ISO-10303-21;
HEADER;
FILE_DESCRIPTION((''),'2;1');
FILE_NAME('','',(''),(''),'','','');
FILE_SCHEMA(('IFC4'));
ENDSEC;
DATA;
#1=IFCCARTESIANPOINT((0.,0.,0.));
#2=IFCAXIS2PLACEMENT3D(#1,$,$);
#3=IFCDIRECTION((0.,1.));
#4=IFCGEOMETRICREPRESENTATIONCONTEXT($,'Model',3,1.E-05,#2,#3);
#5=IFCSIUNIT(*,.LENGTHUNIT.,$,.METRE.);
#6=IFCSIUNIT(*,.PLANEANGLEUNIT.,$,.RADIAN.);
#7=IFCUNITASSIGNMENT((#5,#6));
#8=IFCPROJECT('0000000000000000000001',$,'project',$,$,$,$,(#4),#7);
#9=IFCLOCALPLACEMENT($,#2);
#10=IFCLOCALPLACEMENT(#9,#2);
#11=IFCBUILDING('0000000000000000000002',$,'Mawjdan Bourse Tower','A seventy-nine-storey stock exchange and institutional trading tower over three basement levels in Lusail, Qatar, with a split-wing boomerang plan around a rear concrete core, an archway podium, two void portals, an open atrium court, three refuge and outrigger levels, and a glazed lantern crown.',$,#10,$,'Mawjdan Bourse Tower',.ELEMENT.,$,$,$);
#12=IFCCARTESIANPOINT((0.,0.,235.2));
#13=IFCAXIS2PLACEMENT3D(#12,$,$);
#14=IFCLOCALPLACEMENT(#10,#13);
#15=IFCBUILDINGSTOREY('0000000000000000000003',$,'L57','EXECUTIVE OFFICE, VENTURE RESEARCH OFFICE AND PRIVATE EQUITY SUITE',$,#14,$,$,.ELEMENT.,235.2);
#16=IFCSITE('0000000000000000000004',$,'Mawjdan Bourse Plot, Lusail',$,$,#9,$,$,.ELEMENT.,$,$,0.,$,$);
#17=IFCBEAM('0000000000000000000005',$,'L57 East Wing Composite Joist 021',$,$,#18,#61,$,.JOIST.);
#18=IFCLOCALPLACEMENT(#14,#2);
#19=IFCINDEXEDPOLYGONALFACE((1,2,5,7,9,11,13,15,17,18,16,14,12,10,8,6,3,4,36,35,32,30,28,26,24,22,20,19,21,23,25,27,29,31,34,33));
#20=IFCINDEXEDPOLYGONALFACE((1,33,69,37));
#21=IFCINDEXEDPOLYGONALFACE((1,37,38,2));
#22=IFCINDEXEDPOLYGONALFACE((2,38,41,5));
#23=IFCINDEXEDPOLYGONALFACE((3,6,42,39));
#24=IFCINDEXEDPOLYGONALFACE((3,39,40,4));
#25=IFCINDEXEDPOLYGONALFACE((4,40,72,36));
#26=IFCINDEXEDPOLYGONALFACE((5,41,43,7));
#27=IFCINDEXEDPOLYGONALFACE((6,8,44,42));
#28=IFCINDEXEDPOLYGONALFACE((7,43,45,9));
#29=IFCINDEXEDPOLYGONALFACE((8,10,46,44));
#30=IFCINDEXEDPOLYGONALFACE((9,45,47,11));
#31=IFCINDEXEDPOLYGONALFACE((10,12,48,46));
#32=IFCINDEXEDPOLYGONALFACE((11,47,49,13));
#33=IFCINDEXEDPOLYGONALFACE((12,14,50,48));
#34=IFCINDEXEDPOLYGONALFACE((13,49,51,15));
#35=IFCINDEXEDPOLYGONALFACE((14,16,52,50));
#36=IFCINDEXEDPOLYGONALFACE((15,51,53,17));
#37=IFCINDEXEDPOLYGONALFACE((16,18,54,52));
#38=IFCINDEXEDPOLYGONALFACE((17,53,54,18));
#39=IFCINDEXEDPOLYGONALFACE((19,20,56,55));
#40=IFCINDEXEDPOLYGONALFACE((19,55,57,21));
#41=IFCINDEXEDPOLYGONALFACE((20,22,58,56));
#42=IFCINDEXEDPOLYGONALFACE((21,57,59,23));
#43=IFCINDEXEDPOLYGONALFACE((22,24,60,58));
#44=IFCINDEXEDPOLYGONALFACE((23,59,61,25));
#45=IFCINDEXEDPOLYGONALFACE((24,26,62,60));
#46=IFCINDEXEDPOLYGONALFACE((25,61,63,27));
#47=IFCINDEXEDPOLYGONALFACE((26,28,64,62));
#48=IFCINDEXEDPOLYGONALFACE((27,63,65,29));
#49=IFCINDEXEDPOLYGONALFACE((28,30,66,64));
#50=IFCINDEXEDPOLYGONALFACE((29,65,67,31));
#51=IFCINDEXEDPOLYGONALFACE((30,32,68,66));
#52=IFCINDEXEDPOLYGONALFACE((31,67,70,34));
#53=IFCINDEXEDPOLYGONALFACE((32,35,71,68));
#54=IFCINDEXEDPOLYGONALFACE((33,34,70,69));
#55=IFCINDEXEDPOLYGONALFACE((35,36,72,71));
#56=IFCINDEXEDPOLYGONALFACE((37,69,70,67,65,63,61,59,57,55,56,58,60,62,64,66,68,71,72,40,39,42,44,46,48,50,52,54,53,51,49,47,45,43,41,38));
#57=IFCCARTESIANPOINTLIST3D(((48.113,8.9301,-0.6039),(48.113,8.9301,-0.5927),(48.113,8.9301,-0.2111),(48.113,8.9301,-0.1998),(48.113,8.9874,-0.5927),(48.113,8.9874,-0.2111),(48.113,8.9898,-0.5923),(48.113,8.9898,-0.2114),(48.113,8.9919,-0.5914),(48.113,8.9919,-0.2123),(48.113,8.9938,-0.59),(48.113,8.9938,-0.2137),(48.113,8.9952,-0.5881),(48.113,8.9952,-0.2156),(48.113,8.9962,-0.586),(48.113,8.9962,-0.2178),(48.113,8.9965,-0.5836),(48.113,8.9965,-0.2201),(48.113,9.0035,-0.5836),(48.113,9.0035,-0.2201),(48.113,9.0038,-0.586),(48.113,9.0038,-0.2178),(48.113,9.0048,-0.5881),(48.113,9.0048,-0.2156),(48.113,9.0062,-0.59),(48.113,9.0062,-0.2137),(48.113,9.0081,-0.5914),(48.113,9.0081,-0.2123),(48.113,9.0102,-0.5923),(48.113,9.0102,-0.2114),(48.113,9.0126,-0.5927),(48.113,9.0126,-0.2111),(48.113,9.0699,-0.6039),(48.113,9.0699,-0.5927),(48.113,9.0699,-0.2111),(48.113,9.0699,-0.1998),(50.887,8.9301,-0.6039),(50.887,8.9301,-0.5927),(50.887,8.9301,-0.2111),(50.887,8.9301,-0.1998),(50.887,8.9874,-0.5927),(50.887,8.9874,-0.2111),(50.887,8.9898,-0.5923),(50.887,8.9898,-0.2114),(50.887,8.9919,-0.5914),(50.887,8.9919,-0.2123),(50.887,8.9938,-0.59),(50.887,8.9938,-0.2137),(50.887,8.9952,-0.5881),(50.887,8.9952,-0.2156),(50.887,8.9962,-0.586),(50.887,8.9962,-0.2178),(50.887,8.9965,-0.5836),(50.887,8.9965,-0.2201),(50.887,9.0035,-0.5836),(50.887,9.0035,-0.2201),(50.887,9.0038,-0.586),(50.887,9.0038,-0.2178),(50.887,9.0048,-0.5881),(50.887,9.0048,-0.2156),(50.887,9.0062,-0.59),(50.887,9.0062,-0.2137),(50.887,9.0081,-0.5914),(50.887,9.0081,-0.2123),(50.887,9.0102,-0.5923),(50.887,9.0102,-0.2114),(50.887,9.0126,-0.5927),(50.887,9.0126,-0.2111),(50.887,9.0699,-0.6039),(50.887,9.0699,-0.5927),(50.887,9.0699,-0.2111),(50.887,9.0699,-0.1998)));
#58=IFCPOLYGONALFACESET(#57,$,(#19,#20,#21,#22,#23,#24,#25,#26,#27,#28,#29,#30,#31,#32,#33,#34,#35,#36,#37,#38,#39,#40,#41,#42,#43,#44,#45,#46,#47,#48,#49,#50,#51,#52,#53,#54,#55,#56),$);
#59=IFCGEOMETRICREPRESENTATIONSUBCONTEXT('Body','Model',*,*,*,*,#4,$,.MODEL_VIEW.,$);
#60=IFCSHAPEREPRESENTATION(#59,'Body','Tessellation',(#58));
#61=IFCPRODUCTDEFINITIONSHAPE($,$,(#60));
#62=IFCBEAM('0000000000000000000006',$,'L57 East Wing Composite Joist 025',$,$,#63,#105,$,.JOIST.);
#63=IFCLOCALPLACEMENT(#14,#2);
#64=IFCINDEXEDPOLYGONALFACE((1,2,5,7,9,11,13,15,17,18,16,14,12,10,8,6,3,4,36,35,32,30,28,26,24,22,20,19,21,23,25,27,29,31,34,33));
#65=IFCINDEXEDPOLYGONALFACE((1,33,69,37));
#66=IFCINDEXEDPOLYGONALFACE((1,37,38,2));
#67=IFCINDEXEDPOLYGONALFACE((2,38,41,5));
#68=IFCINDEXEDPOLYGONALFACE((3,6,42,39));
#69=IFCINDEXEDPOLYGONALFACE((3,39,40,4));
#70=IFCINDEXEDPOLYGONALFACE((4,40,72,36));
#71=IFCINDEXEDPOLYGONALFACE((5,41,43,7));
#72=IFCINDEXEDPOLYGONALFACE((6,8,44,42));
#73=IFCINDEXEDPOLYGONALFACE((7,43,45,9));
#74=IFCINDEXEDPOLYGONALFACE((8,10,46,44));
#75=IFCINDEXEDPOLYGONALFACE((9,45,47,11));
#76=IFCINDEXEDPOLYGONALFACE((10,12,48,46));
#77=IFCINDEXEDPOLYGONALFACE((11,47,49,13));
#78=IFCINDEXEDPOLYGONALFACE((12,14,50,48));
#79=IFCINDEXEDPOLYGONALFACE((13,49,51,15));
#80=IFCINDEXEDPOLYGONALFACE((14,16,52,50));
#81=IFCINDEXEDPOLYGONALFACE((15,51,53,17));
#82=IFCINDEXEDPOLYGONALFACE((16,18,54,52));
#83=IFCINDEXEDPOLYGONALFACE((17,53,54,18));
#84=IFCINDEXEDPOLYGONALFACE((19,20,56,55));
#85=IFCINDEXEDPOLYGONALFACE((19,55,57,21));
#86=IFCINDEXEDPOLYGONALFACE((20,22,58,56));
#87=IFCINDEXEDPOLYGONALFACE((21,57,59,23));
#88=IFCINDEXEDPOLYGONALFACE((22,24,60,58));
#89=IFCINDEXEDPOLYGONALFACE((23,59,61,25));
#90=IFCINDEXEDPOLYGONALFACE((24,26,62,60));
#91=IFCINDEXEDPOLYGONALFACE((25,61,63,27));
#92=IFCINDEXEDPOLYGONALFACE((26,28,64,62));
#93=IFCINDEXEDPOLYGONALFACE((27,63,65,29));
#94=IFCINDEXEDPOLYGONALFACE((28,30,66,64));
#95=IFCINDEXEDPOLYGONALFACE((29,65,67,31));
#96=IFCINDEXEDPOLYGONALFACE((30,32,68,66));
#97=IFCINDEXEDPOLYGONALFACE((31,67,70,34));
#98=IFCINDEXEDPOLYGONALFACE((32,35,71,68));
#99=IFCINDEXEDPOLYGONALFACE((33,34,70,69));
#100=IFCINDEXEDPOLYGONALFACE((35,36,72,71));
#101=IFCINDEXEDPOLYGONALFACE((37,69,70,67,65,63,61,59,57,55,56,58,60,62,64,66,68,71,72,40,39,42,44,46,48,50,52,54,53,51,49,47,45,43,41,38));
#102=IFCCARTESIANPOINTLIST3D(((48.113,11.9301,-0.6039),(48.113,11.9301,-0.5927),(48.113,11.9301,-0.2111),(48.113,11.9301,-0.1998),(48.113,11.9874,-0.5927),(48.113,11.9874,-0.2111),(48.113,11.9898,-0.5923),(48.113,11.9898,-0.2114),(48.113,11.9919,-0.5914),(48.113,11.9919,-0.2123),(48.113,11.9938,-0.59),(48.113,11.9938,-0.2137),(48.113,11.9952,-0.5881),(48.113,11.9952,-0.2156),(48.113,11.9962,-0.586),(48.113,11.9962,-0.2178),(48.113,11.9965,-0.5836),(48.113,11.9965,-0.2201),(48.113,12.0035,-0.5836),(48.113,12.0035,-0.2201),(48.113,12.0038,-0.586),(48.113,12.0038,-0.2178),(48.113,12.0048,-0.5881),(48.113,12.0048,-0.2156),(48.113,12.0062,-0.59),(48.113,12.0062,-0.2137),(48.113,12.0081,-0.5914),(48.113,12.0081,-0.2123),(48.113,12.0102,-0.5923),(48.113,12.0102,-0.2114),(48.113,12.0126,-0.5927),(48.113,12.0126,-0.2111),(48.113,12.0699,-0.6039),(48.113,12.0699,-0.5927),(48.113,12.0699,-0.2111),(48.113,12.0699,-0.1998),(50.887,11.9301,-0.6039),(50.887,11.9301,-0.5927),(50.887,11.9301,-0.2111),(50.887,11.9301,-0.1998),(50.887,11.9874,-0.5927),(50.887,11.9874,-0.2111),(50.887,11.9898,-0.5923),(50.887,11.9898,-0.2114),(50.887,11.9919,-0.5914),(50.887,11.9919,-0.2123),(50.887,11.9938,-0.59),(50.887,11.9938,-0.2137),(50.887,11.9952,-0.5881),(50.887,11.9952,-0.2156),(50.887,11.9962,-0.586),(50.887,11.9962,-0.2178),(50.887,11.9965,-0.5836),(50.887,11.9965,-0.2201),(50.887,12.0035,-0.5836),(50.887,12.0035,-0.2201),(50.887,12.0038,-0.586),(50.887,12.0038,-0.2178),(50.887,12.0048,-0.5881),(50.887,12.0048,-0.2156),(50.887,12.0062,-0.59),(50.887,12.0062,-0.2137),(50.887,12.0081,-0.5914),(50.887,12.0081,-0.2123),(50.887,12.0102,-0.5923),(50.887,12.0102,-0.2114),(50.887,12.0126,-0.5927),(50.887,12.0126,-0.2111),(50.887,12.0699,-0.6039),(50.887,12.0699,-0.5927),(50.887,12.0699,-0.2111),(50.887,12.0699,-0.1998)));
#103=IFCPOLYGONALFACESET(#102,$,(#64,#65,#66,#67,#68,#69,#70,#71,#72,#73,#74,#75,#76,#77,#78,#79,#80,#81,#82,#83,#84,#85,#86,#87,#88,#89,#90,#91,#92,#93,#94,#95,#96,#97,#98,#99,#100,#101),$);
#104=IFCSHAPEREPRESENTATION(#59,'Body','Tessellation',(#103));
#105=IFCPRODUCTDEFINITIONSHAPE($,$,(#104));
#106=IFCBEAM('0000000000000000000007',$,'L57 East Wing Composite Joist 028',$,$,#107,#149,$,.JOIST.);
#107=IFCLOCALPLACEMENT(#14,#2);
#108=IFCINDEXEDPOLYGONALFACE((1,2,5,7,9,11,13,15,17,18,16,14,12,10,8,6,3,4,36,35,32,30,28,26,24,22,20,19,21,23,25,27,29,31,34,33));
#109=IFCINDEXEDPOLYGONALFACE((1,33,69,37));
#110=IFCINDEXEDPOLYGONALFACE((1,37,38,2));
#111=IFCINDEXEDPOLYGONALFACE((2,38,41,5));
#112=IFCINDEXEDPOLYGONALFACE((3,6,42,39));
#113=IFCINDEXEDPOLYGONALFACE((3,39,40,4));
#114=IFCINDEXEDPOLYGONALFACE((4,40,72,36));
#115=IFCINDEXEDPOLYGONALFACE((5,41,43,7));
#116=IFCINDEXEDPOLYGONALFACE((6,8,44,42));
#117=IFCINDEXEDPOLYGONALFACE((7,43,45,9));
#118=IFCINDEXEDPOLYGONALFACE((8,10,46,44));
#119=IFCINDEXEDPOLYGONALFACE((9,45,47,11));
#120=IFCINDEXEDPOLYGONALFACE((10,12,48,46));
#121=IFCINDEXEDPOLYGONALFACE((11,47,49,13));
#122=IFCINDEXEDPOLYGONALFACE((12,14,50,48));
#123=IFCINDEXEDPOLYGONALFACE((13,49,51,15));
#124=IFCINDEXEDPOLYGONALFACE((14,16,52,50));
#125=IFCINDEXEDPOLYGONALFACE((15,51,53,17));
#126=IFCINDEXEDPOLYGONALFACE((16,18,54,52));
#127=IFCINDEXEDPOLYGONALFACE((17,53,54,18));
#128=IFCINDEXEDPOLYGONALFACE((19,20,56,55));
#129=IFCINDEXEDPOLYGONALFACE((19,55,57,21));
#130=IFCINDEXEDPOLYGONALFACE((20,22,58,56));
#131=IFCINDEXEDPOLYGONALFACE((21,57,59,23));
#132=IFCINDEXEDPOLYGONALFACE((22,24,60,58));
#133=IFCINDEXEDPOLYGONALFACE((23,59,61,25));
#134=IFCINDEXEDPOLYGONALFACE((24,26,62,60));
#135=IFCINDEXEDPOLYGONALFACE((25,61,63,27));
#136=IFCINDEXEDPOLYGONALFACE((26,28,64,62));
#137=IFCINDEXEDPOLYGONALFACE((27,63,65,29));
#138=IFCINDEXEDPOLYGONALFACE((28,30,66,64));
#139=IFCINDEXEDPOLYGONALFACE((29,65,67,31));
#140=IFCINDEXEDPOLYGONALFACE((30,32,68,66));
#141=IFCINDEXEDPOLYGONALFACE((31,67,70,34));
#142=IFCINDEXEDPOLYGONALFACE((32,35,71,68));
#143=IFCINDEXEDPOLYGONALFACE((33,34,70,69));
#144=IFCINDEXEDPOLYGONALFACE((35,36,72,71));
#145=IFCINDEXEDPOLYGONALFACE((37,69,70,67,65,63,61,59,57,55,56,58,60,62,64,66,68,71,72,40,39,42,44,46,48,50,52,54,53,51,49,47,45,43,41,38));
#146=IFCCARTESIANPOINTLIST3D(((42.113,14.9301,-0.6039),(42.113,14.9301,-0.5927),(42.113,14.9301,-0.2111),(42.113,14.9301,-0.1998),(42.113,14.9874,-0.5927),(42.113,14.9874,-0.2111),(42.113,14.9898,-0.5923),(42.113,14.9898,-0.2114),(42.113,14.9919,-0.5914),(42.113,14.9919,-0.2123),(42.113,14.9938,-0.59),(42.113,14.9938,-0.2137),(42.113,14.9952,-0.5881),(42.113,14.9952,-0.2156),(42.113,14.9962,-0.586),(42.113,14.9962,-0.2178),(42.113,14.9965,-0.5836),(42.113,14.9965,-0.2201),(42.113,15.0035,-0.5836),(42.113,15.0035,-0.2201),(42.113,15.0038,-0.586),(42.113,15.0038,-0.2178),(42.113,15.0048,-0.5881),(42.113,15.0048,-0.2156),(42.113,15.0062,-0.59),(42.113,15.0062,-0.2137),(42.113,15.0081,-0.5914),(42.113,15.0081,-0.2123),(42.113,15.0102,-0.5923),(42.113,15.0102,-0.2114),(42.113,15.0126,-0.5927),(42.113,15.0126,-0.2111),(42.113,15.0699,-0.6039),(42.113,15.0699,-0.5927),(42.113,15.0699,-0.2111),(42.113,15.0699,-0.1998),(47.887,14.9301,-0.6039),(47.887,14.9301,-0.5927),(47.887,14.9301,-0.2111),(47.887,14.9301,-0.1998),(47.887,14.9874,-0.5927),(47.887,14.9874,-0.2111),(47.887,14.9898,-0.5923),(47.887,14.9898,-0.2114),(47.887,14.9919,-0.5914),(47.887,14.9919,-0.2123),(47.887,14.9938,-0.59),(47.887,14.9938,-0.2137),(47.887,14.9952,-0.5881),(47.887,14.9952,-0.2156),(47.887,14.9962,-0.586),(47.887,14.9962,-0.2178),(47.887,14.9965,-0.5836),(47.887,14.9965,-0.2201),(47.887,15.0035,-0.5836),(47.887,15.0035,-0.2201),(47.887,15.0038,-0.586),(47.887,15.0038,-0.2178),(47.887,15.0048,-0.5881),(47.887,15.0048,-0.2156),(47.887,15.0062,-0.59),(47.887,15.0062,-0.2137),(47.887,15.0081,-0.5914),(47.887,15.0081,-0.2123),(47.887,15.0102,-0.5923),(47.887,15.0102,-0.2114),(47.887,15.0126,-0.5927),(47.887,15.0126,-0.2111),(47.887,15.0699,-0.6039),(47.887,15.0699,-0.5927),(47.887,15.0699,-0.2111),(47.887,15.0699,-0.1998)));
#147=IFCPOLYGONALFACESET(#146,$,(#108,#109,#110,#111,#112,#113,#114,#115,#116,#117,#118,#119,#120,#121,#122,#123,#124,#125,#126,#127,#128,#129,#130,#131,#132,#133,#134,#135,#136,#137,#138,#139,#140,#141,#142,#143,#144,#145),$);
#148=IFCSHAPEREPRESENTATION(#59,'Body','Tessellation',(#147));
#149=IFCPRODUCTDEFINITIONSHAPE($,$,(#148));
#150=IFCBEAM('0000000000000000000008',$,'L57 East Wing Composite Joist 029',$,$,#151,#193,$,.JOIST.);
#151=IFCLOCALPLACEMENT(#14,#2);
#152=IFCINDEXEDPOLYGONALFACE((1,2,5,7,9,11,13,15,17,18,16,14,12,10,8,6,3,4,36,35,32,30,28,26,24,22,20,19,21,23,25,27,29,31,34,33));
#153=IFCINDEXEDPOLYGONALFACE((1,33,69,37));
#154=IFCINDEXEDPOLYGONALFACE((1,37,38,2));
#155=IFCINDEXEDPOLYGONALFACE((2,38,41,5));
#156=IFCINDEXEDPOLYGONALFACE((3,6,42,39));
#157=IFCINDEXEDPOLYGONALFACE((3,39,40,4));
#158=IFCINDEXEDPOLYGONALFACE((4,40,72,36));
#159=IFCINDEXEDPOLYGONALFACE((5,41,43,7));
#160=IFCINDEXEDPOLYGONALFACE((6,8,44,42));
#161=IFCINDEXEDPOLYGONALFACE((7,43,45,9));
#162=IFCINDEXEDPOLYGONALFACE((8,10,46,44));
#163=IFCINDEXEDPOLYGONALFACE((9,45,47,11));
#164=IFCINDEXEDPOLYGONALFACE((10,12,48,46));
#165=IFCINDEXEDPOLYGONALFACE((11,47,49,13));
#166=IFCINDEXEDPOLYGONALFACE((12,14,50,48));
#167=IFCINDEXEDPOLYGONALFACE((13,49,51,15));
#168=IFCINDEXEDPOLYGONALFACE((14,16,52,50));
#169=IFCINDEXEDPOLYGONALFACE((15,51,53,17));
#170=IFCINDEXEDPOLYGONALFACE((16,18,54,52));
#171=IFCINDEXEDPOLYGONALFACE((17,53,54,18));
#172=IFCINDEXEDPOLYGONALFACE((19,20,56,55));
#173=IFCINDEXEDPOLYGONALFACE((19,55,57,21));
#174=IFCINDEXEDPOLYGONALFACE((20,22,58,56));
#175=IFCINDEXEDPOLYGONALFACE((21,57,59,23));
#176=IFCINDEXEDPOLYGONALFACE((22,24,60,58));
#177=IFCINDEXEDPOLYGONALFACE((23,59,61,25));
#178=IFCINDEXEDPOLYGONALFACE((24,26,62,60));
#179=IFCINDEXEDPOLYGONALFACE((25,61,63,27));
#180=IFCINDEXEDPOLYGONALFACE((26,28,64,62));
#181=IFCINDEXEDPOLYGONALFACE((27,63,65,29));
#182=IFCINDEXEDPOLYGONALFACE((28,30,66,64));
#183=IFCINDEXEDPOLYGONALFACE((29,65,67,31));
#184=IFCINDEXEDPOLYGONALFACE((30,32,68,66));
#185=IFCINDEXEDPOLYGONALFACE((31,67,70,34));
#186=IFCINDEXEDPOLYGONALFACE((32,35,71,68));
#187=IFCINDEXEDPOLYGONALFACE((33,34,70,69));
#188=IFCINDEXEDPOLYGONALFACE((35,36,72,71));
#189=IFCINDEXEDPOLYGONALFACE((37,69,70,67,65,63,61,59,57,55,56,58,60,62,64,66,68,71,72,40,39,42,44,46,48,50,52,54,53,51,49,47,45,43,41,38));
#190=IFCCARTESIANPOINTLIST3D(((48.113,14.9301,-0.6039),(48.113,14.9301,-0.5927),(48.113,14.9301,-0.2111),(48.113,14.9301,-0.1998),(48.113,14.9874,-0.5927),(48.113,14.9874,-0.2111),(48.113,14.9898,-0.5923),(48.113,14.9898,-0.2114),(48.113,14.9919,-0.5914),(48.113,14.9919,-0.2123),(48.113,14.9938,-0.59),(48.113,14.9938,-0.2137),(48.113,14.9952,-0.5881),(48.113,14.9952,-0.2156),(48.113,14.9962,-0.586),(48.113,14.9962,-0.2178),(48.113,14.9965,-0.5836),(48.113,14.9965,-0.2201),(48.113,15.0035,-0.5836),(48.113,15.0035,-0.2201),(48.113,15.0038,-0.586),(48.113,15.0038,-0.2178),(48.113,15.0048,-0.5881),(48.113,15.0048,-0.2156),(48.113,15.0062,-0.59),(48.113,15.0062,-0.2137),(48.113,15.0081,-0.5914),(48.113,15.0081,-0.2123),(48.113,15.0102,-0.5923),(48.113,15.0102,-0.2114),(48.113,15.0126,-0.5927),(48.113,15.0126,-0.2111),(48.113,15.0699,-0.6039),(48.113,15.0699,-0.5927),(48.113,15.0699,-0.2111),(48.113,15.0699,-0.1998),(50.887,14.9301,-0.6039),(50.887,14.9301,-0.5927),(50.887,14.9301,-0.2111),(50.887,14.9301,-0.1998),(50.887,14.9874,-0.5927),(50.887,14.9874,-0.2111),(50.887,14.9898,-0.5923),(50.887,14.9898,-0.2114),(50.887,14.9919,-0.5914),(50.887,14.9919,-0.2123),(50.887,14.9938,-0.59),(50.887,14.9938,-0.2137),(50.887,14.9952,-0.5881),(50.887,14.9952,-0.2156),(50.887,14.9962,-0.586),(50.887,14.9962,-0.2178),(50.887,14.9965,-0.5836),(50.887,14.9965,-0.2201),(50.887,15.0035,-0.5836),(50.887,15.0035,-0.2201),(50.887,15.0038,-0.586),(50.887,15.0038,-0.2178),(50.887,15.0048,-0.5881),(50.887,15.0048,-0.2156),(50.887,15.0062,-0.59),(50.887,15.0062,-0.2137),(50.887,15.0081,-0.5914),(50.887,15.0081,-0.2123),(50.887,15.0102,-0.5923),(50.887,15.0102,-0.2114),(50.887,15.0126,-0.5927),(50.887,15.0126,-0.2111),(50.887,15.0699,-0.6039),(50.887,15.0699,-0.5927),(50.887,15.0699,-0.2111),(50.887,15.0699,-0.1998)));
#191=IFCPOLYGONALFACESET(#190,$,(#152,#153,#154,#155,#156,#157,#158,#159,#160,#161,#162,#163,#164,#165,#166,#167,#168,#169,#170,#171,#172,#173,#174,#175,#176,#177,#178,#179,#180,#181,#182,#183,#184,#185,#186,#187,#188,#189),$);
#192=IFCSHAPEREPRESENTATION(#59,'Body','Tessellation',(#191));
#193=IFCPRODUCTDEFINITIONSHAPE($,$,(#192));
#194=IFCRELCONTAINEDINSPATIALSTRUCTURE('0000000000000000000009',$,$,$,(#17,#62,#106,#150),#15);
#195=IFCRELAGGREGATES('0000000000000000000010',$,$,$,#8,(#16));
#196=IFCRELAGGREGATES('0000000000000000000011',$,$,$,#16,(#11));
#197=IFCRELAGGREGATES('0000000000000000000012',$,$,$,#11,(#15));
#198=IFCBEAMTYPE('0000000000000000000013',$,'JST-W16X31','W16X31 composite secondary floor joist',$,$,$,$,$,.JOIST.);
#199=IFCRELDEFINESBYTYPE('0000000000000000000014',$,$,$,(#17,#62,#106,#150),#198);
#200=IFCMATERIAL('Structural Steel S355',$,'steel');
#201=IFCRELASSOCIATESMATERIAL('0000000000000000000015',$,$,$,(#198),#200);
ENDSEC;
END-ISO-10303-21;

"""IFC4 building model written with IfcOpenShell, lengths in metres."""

from ifc_helpers import new_model, si_unit, direction, frame, origin, origin_2d, place, context, subcontext, project, spatial, i_section, extrude, material, material_profile, profile_set, type_object, element, save


model = new_model("IFC4")

# Units and contexts
model_context = context("Model", 3, precision=1e-05, world=origin(), true_north=direction((0.0, 1.0)))
body_context = subcontext(model_context, "Body", "Model", "MODEL_VIEW")
ifc_project = project(units=[si_unit("LENGTHUNIT", "METRE"), si_unit("PLANEANGLEUNIT", "RADIAN")], contexts=[model_context])

# Site, building, storey
site_placement = place(None, origin())
site = spatial("IfcSite", under=ifc_project, at=site_placement, Name="Mawjdan Bourse Plot, Lusail", CompositionType="ELEMENT", RefElevation=0.0)
building_placement = place(site_placement, origin())
building = spatial("IfcBuilding", under=site, at=building_placement, Name="Mawjdan Bourse Tower", Description="A seventy-nine-storey stock exchange and institutional trading tower over three basement levels in Lusail, Qatar, with a split-wing boomerang plan around a rear concrete core, an archway podium, two void portals, an open atrium court, three refuge and outrigger levels, and a glazed lantern crown.", LongName="Mawjdan Bourse Tower", CompositionType="ELEMENT")
storey_placement = place(building_placement, frame((0.0, 0.0, 235.2)))
storey = spatial("IfcBuildingStorey", under=building, at=storey_placement, Name="L57", Description="EXECUTIVE OFFICE, VENTURE RESEARCH OFFICE AND PRIVATE EQUITY SUITE", CompositionType="ELEMENT", Elevation=235.2)

# Beams
ifc_material_1 = material(Name="Structural Steel S355", Category="steel")
ifc_material_profile_1 = material_profile(ifc_material_1, i_section(OverallWidth=0.1399, OverallDepth=0.4041, WebThickness=0.0071, FlangeThickness=0.0112, FilletRadius=0.009, at=origin_2d()), Name="W16X31")
ifc_profile_set_1 = profile_set([ifc_material_profile_1], Name="Structural Steel S355")
beam_type_1 = type_object("IfcBeamType", Name="JST-W16X31", Description="W16X31 composite secondary floor joist", PredefinedType="JOIST", material=ifc_profile_set_1)
for number, where, z_axis, x_axis, name in (
    (1, (48.113, 9.0, -0.4019), (1.0, 0.0, 0.0), (0.0, 1.0, 0.0), "L57 East Wing Composite Joist 021"),
    (2, (48.113, 12.0, -0.4019), (1.0, 0.0, 0.0), (0.0, 1.0, 0.0), "L57 East Wing Composite Joist 025"),
):
    element("IfcBeam", number, at=place(storey_placement, frame(where, z_axis=z_axis, x_axis=x_axis)), inside=storey, type_object=beam_type_1, Name=name, PredefinedType="JOIST", context=body_context, shape_type="SweptSolid", body=[
        extrude(i_section(OverallWidth=0.1399, OverallDepth=0.4041, WebThickness=0.0071, FlangeThickness=0.0112, FilletRadius=0.009, at=origin_2d()), origin(), (0.0, 0.0, 1.0), 2.7739),
    ])
beam_1_placement = place(storey_placement, frame((42.113, 15.0, -0.4019), z_axis=(1.0, 0.0, 0.0), x_axis=(0.0, 1.0, 0.0)))
element("IfcBeam", 3, at=beam_1_placement, inside=storey, type_object=beam_type_1, Name="L57 East Wing Composite Joist 028", PredefinedType="JOIST", context=body_context, shape_type="SweptSolid", body=[
    extrude(i_section(OverallWidth=0.1399, OverallDepth=0.4041, WebThickness=0.0071, FlangeThickness=0.0112, FilletRadius=0.009, at=origin_2d()), origin(), (0.0, 0.0, 1.0), 5.7739),
])
beam_2_placement = place(storey_placement, frame((48.113, 15.0, -0.4019), z_axis=(1.0, 0.0, 0.0), x_axis=(0.0, 1.0, 0.0)))
element("IfcBeam", 4, at=beam_2_placement, inside=storey, type_object=beam_type_1, Name="L57 East Wing Composite Joist 029", PredefinedType="JOIST", context=body_context, shape_type="SweptSolid", body=[
    extrude(i_section(OverallWidth=0.1399, OverallDepth=0.4041, WebThickness=0.0071, FlangeThickness=0.0112, FilletRadius=0.009, at=origin_2d()), origin(), (0.0, 0.0, 1.0), 2.7739),
])

save(model, "model.ifc")
